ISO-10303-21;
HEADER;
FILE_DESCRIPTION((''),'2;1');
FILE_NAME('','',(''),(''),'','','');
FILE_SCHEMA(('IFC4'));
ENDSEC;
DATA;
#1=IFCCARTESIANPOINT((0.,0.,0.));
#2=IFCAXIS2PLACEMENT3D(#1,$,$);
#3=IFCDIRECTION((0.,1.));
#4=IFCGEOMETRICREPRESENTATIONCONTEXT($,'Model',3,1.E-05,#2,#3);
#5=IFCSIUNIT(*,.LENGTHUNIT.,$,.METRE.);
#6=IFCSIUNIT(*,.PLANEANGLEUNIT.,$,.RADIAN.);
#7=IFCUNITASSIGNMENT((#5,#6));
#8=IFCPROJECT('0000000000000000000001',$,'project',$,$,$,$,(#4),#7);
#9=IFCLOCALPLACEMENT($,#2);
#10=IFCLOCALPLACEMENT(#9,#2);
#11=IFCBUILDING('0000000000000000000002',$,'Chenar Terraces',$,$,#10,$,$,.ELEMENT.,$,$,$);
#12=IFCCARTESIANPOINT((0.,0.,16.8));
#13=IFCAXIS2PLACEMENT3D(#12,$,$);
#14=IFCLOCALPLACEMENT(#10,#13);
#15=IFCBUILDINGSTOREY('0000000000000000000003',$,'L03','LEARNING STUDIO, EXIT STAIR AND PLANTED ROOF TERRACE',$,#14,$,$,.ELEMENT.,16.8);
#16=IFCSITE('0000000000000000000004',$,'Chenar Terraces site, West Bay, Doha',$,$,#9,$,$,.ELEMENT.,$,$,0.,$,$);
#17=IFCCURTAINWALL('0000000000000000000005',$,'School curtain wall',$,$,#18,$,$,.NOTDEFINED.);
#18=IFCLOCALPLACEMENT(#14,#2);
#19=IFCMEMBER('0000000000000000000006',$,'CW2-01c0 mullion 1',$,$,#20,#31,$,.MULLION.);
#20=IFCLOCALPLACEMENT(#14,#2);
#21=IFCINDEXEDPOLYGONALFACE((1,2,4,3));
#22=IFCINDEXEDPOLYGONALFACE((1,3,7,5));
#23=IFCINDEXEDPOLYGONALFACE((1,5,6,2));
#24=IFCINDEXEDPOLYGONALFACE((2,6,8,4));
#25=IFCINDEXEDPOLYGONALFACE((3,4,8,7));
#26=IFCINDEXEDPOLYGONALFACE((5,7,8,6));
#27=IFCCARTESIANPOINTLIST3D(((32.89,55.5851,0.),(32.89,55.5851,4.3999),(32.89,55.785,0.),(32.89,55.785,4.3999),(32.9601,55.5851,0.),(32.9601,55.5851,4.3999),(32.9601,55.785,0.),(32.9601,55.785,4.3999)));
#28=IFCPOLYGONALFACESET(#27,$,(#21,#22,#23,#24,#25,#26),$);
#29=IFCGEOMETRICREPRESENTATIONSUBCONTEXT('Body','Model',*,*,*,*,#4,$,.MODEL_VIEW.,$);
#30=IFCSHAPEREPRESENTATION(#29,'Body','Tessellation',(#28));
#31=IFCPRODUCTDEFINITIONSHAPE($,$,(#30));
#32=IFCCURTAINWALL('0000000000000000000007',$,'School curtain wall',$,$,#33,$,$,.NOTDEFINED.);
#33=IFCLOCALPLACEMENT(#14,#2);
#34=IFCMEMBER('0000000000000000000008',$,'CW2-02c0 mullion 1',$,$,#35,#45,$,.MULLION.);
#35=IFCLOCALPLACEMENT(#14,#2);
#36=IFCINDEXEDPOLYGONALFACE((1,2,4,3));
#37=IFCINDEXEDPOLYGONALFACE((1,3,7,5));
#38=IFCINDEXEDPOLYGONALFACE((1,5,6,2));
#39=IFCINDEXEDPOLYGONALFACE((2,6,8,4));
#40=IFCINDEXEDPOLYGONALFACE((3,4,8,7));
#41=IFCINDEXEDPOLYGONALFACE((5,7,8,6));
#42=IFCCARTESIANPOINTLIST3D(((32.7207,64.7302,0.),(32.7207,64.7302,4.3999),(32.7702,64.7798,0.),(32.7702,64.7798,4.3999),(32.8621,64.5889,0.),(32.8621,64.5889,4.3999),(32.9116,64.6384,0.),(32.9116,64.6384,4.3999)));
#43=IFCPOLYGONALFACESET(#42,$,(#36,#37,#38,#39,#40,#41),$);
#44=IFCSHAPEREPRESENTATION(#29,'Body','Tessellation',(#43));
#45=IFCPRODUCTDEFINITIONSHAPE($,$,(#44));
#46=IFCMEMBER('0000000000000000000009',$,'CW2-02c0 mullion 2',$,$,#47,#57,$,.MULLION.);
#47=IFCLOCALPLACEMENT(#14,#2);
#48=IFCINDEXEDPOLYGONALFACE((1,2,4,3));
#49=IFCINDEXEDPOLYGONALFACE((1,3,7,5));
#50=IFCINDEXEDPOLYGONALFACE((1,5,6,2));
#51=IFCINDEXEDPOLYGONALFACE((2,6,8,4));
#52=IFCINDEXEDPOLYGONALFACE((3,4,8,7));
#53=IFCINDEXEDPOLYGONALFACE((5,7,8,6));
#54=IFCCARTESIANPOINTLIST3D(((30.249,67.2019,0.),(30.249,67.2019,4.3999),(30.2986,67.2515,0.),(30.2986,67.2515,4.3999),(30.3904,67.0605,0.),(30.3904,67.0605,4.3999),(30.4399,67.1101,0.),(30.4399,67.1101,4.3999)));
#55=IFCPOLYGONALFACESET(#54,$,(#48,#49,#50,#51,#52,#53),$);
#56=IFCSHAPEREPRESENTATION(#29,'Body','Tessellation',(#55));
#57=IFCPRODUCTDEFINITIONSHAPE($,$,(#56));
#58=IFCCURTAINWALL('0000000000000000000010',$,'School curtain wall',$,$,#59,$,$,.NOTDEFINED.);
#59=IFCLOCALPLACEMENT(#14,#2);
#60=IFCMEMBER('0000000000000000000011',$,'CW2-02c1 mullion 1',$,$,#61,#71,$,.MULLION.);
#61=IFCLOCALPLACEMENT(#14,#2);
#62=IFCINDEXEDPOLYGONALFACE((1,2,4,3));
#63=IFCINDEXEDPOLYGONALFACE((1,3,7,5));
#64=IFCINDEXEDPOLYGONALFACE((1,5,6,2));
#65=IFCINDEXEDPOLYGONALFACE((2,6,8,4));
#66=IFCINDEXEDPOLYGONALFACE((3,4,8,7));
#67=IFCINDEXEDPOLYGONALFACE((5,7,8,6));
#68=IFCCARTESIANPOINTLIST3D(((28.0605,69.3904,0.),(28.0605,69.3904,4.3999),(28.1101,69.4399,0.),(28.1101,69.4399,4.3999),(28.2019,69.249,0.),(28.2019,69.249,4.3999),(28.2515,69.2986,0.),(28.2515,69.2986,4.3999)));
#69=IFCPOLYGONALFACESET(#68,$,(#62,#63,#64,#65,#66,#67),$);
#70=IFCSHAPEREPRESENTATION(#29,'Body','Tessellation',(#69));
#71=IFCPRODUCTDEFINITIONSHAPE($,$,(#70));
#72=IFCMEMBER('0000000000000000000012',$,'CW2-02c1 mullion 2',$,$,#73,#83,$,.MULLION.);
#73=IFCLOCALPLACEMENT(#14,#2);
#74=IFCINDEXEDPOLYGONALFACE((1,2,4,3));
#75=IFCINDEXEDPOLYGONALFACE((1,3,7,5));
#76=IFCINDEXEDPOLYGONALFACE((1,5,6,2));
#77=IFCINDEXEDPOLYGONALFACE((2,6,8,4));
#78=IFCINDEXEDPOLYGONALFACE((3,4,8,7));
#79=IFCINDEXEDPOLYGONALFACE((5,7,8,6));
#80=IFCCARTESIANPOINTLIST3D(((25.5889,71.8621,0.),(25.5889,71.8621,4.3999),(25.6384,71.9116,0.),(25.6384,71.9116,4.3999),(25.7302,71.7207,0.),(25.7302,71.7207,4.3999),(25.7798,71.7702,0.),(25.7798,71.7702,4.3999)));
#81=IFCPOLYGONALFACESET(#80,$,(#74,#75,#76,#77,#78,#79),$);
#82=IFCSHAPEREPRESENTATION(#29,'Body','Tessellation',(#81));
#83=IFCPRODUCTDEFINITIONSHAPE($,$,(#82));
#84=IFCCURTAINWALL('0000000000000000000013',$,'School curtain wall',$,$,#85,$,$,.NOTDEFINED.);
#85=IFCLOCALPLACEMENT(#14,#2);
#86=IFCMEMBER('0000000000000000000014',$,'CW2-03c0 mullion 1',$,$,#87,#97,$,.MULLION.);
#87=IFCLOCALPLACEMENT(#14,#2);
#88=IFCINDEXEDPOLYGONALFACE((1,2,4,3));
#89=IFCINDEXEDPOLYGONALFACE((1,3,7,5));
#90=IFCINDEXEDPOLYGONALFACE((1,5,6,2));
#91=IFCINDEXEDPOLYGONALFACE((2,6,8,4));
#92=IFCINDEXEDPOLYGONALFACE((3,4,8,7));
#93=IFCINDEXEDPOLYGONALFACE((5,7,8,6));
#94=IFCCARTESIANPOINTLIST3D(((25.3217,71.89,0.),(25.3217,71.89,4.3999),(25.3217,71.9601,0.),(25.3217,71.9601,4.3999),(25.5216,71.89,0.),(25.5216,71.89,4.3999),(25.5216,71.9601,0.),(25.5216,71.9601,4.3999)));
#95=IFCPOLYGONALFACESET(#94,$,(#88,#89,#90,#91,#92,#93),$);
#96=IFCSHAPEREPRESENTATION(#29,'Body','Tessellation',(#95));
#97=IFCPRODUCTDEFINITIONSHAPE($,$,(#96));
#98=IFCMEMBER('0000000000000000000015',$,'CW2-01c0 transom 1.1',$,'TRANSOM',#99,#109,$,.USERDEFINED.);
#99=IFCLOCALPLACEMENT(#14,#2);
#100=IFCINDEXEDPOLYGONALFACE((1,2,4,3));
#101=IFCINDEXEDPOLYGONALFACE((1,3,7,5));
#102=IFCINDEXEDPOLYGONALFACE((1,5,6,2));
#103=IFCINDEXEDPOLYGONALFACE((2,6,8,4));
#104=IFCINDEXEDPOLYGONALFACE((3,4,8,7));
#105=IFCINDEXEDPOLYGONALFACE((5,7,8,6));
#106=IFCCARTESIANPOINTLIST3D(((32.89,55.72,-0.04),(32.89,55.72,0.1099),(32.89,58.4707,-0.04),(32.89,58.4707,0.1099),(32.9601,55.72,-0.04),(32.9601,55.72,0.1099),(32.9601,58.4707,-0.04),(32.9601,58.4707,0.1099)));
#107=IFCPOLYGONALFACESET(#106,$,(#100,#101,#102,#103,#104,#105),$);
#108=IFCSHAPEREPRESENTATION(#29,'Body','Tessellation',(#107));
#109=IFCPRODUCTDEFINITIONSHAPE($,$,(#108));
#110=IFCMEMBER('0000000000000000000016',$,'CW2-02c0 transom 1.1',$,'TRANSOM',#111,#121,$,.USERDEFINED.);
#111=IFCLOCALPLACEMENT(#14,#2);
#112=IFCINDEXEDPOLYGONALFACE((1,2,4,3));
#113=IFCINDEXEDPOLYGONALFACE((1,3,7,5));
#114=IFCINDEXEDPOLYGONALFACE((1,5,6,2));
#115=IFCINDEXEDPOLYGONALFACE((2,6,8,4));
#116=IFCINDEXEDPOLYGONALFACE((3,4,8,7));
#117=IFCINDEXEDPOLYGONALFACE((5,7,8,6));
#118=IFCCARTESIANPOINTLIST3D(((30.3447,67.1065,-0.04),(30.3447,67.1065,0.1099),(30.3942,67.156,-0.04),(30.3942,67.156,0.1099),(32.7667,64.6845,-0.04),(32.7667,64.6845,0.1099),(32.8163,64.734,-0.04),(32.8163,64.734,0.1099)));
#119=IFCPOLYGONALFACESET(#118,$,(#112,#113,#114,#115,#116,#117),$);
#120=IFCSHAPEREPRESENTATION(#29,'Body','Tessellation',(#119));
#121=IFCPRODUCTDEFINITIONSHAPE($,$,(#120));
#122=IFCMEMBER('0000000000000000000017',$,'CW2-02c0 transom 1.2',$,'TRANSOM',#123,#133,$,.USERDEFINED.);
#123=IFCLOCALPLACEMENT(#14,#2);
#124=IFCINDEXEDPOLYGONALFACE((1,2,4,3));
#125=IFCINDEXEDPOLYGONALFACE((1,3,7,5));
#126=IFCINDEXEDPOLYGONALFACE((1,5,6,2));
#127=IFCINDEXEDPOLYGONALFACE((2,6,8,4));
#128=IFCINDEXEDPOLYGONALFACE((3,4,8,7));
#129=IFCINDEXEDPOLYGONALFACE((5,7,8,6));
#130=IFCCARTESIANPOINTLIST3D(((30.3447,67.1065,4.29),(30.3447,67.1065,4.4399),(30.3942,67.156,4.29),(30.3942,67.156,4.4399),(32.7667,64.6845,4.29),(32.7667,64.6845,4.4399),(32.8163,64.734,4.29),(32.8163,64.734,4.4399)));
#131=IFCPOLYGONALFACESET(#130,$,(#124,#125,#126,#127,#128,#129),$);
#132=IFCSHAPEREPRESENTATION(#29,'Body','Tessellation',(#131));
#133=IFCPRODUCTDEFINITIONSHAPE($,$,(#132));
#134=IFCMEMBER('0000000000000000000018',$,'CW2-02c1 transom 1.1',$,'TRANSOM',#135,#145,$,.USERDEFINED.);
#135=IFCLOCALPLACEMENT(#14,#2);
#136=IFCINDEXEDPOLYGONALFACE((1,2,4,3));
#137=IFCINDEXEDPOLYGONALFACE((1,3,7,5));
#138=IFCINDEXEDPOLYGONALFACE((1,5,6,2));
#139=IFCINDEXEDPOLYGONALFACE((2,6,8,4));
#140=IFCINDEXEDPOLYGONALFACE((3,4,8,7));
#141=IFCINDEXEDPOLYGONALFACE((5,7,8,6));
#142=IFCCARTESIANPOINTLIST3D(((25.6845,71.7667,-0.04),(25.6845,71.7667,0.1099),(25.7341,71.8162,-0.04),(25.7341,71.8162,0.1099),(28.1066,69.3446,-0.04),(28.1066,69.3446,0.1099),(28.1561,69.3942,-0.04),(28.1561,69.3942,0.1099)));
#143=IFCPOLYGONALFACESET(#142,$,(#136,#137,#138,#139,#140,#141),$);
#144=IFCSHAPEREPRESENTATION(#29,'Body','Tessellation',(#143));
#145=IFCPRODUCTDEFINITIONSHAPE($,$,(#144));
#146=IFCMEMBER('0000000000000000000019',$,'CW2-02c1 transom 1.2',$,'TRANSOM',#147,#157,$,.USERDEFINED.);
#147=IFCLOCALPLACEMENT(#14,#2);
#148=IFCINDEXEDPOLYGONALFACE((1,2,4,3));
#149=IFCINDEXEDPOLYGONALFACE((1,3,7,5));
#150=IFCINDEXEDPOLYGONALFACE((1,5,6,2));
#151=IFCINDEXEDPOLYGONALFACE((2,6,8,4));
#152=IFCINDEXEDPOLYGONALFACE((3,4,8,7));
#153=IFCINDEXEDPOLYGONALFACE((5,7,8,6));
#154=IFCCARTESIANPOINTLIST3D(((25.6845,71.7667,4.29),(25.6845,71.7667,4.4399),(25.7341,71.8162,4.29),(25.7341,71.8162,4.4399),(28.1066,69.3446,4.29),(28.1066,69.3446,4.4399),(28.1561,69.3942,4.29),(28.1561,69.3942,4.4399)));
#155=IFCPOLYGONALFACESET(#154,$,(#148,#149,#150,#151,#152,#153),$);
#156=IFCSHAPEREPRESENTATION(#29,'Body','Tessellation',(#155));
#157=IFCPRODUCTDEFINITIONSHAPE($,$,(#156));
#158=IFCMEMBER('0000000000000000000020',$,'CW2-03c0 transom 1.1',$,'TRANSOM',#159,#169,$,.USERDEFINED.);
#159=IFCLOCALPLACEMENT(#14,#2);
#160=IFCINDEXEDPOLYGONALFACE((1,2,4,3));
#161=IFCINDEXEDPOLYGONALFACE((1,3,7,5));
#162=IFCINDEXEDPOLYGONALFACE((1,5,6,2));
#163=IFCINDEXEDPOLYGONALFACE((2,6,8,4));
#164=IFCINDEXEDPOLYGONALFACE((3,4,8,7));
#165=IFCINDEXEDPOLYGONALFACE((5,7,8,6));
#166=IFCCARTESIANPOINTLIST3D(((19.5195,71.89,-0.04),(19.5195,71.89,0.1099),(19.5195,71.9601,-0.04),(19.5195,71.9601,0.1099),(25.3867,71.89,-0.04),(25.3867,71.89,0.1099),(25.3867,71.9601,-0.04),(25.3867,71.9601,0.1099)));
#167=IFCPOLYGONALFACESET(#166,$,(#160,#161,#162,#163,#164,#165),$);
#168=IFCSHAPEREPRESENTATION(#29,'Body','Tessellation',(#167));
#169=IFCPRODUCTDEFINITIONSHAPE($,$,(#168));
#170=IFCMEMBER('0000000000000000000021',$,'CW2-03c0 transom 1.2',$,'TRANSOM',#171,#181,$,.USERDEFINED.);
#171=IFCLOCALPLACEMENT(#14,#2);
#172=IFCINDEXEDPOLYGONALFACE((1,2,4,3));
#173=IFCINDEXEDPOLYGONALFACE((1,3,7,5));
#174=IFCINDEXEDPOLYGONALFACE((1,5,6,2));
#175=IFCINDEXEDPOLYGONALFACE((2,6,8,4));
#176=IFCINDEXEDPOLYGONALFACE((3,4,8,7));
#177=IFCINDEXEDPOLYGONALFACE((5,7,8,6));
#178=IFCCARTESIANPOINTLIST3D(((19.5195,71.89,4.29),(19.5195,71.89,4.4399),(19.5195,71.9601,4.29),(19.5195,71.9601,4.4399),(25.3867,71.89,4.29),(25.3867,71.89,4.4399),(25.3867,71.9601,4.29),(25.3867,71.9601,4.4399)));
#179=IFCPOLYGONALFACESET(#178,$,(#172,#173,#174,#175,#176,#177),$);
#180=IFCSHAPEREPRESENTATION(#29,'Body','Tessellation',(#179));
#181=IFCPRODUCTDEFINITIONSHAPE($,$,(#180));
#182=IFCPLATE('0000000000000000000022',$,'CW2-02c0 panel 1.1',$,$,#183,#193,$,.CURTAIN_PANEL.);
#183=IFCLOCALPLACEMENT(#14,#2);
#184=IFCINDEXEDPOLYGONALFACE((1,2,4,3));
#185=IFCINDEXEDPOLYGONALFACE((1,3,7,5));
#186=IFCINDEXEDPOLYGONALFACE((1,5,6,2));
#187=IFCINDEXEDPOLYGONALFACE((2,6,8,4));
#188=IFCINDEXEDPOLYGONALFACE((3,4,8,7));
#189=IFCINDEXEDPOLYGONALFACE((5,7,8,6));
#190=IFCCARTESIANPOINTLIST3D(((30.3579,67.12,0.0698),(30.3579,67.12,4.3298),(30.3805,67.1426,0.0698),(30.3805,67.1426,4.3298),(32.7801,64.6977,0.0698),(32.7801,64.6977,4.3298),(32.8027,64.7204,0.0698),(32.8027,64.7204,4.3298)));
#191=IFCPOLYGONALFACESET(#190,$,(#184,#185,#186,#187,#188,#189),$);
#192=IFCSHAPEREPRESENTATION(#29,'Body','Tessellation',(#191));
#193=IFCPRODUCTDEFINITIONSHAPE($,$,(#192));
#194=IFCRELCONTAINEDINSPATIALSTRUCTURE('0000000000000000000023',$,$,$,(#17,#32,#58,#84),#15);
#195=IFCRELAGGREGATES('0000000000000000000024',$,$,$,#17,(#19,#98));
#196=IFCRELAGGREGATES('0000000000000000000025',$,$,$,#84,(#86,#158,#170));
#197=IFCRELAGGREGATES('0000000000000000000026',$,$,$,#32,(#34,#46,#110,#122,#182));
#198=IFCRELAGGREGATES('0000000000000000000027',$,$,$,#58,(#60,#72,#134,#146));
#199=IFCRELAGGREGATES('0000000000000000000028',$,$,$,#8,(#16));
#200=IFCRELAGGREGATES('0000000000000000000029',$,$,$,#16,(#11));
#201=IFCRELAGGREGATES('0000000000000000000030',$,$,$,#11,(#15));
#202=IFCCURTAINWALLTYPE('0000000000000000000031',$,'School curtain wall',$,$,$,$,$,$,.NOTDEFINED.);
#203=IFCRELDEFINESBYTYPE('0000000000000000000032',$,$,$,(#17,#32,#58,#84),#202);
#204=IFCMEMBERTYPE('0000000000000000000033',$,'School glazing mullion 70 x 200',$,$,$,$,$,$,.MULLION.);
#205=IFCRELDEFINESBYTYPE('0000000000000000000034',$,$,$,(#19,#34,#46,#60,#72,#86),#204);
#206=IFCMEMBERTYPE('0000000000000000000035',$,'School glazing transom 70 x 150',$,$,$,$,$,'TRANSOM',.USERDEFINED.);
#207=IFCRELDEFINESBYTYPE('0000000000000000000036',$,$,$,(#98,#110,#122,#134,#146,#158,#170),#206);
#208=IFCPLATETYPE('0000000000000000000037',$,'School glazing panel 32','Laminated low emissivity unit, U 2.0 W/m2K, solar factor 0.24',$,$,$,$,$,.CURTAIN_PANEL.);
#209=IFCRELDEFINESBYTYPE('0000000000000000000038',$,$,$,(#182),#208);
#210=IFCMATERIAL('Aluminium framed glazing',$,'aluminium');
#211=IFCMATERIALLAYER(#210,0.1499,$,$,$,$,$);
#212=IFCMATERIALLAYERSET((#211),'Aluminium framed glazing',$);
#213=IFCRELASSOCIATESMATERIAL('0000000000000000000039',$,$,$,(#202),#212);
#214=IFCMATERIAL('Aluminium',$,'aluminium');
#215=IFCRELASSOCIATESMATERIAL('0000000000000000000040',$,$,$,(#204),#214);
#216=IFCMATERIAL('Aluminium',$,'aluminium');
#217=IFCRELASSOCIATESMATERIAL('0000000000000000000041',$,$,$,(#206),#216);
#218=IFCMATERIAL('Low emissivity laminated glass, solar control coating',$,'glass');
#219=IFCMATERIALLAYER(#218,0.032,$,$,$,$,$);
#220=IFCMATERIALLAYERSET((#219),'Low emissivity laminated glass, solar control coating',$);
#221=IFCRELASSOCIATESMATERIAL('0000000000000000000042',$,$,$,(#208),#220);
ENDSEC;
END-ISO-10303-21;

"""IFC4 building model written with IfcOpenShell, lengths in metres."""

from ifc_helpers import new_model, si_unit, direction, frame, origin, origin_2d, place, context, subcontext, project, spatial, rectangle, extrude, material, layer, layer_set, material_profile, profile_set, type_object, element, aggregate, save


model = new_model("IFC4")

# Units and contexts
model_context = context("Model", 3, precision=1e-05, world=origin(), true_north=direction((0.0, 1.0)))
body_context = subcontext(model_context, "Body", "Model", "MODEL_VIEW")
ifc_project = project(units=[si_unit("LENGTHUNIT", "METRE"), si_unit("PLANEANGLEUNIT", "RADIAN")], contexts=[model_context])

# Site, building, storey
site_placement = place(None, origin())
site = spatial("IfcSite", under=ifc_project, at=site_placement, Name="Chenar Terraces site, West Bay, Doha", CompositionType="ELEMENT", RefElevation=0.0)
building_placement = place(site_placement, origin())
building = spatial("IfcBuilding", under=site, at=building_placement, Name="Chenar Terraces", CompositionType="ELEMENT")
storey_placement = place(building_placement, frame((0.0, 0.0, 16.8)))
storey = spatial("IfcBuildingStorey", under=building, at=storey_placement, Name="L03", Description="LEARNING STUDIO, EXIT STAIR AND PLANTED ROOF TERRACE", CompositionType="ELEMENT", Elevation=16.8)

# Curtain wall, member
ifc_material_1 = material(Name="Aluminium framed glazing", Category="aluminium")
ifc_layer_1 = layer(ifc_material_1, 0.1499)
ifc_layer_set_1 = layer_set([ifc_layer_1], Name="Aluminium framed glazing")
curtain_wall_type = type_object("IfcCurtainWallType", Name="School curtain wall", PredefinedType="NOTDEFINED", material=ifc_layer_set_1)
placement = place(storey_placement, origin())
curtain_wall_1 = element("IfcCurtainWall", 1, at=placement, inside=storey, type_object=curtain_wall_type, Name="School curtain wall", PredefinedType="NOTDEFINED")
ifc_material_2 = material(Name="Aluminium", Category="aluminium")
ifc_material_profile_1 = material_profile(ifc_material_2, rectangle(XDim=0.0701, YDim=0.2, at=origin_2d()), Name="School glazing mullion 70 x 200")
ifc_profile_set_1 = profile_set([ifc_material_profile_1], Name="Aluminium")
member_type_1 = type_object("IfcMemberType", Name="School glazing mullion 70 x 200", PredefinedType="MULLION", material=ifc_profile_set_1)
member_1_placement = place(storey_placement, frame((32.925, 55.6851, 0.0), z_axis=(0.0, 0.0, 1.0), x_axis=(-1.0, 0.0, 0.0)))
member_1 = element("IfcMember", 2, at=member_1_placement, type_object=member_type_1, Name="CW2-01c0 mullion 1", PredefinedType="MULLION", context=body_context, shape_type="SweptSolid", body=[
    extrude(rectangle(XDim=0.0701, YDim=0.2, at=origin_2d()), origin(), (0.0, 0.0, 1.0), 4.3999),
])

# Curtain walls, members
curtain_wall_2 = element("IfcCurtainWall", 3, at=placement, inside=storey, type_object=curtain_wall_type, Name="School curtain wall", PredefinedType="NOTDEFINED")
member_2_placement = place(storey_placement, frame((32.8162, 64.6843, 0.0), z_axis=(0.0, 0.0, 1.0), x_axis=(-0.707107, -0.707107, 0.0)))
member_2 = element("IfcMember", 4, at=member_2_placement, type_object=member_type_1, Name="CW2-02c0 mullion 1", PredefinedType="MULLION", context=body_context, shape_type="SweptSolid", body=[
    extrude(rectangle(XDim=0.0701, YDim=0.2, at=origin_2d()), origin(), (0.0, 0.0, 1.0), 4.3999),
])
member_3_placement = place(storey_placement, frame((30.3445, 67.156, 0.0), z_axis=(0.0, 0.0, 1.0), x_axis=(-0.707107, -0.707107, 0.0)))
member_3 = element("IfcMember", 5, at=member_3_placement, type_object=member_type_1, Name="CW2-02c0 mullion 2", PredefinedType="MULLION", context=body_context, shape_type="SweptSolid", body=[
    extrude(rectangle(XDim=0.0701, YDim=0.2, at=origin_2d()), origin(), (0.0, 0.0, 1.0), 4.3999),
])
curtain_wall_3 = element("IfcCurtainWall", 6, at=placement, inside=storey, type_object=curtain_wall_type, Name="School curtain wall", PredefinedType="NOTDEFINED")
member_4_placement = place(storey_placement, frame((28.156, 69.3445, 0.0), z_axis=(0.0, 0.0, 1.0), x_axis=(-0.707107, -0.707107, 0.0)))
member_4 = element("IfcMember", 7, at=member_4_placement, type_object=member_type_1, Name="CW2-02c1 mullion 1", PredefinedType="MULLION", context=body_context, shape_type="SweptSolid", body=[
    extrude(rectangle(XDim=0.0701, YDim=0.2, at=origin_2d()), origin(), (0.0, 0.0, 1.0), 4.3999),
])
member_5_placement = place(storey_placement, frame((25.6843, 71.8162, 0.0), z_axis=(0.0, 0.0, 1.0), x_axis=(-0.707107, -0.707107, 0.0)))
member_5 = element("IfcMember", 8, at=member_5_placement, type_object=member_type_1, Name="CW2-02c1 mullion 2", PredefinedType="MULLION", context=body_context, shape_type="SweptSolid", body=[
    extrude(rectangle(XDim=0.0701, YDim=0.2, at=origin_2d()), origin(), (0.0, 0.0, 1.0), 4.3999),
])

# Curtain wall, member
curtain_wall_4 = element("IfcCurtainWall", 9, at=placement, inside=storey, type_object=curtain_wall_type, Name="School curtain wall", PredefinedType="NOTDEFINED")
member_6_placement = place(storey_placement, frame((25.4216, 71.925, 0.0), z_axis=(0.0, 0.0, 1.0), x_axis=(0.0, -1.0, 0.0)))
member_6 = element("IfcMember", 10, at=member_6_placement, type_object=member_type_1, Name="CW2-03c0 mullion 1", PredefinedType="MULLION", context=body_context, shape_type="SweptSolid", body=[
    extrude(rectangle(XDim=0.0701, YDim=0.2, at=origin_2d()), origin(), (0.0, 0.0, 1.0), 4.3999),
])

# Members
ifc_material_3 = material(Name="Aluminium", Category="aluminium")
ifc_material_profile_2 = material_profile(ifc_material_3, rectangle(XDim=0.0701, YDim=0.1499, at=origin_2d()), Name="School glazing transom 70 x 150")
ifc_profile_set_2 = profile_set([ifc_material_profile_2], Name="Aluminium")
member_type_2 = type_object("IfcMemberType", Name="School glazing transom 70 x 150", ElementType="TRANSOM", PredefinedType="USERDEFINED", material=ifc_profile_set_2)
member_7_placement = place(storey_placement, frame((32.925, 55.72, 0.0349), z_axis=(0.0, 1.0, 0.0), x_axis=(-1.0, 0.0, 0.0)))
member_7 = element("IfcMember", 11, at=member_7_placement, type_object=member_type_2, Name="CW2-01c0 transom 1.1", ObjectType="TRANSOM", PredefinedType="USERDEFINED", context=body_context, shape_type="SweptSolid", body=[
    extrude(rectangle(XDim=0.0701, YDim=0.1499, at=origin_2d()), origin(), (0.0, 0.0, 1.0), 2.7507),
])
aggregate(curtain_wall_1, [member_1, member_7])
member_8_placement = place(storey_placement, frame((32.7915, 64.7092, 0.0349), z_axis=(-0.707107, 0.707107, 0.0), x_axis=(-0.707107, -0.707107, 0.0)))
member_8 = element("IfcMember", 12, at=member_8_placement, type_object=member_type_2, Name="CW2-02c0 transom 1.1", ObjectType="TRANSOM", PredefinedType="USERDEFINED", context=body_context, shape_type="SweptSolid", body=[
    extrude(rectangle(XDim=0.0701, YDim=0.1499, at=origin_2d()), origin(), (0.0, 0.0, 1.0), 3.4253),
])
member_9_placement = place(storey_placement, frame((32.7915, 64.7092, 4.365), z_axis=(-0.707107, 0.707107, 0.0), x_axis=(-0.707107, -0.707107, 0.0)))
member_9 = element("IfcMember", 13, at=member_9_placement, type_object=member_type_2, Name="CW2-02c0 transom 1.2", ObjectType="TRANSOM", PredefinedType="USERDEFINED", context=body_context, shape_type="SweptSolid", body=[
    extrude(rectangle(XDim=0.0701, YDim=0.1499, at=origin_2d()), origin(), (0.0, 0.0, 1.0), 3.4253),
])
member_10_placement = place(storey_placement, frame((28.1313, 69.3694, 0.0349), z_axis=(-0.707107, 0.707107, 0.0), x_axis=(-0.707107, -0.707107, 0.0)))
member_10 = element("IfcMember", 14, at=member_10_placement, type_object=member_type_2, Name="CW2-02c1 transom 1.1", ObjectType="TRANSOM", PredefinedType="USERDEFINED", context=body_context, shape_type="SweptSolid", body=[
    extrude(rectangle(XDim=0.0701, YDim=0.1499, at=origin_2d()), origin(), (0.0, 0.0, 1.0), 3.4253),
])
member_11_placement = place(storey_placement, frame((28.1313, 69.3694, 4.365), z_axis=(-0.707107, 0.707107, 0.0), x_axis=(-0.707107, -0.707107, 0.0)))
member_11 = element("IfcMember", 15, at=member_11_placement, type_object=member_type_2, Name="CW2-02c1 transom 1.2", ObjectType="TRANSOM", PredefinedType="USERDEFINED", context=body_context, shape_type="SweptSolid", body=[
    extrude(rectangle(XDim=0.0701, YDim=0.1499, at=origin_2d()), origin(), (0.0, 0.0, 1.0), 3.4253),
])
member_12_placement = place(storey_placement, frame((25.3867, 71.925, 0.0349), z_axis=(-1.0, 0.0, 0.0), x_axis=(0.0, -1.0, 0.0)))
member_12 = element("IfcMember", 16, at=member_12_placement, type_object=member_type_2, Name="CW2-03c0 transom 1.1", ObjectType="TRANSOM", PredefinedType="USERDEFINED", context=body_context, shape_type="SweptSolid", body=[
    extrude(rectangle(XDim=0.0701, YDim=0.1499, at=origin_2d()), origin(), (0.0, 0.0, 1.0), 5.8672),
])
member_13_placement = place(storey_placement, frame((25.3867, 71.925, 4.365), z_axis=(-1.0, 0.0, 0.0), x_axis=(0.0, -1.0, 0.0)))
member_13 = element("IfcMember", 17, at=member_13_placement, type_object=member_type_2, Name="CW2-03c0 transom 1.2", ObjectType="TRANSOM", PredefinedType="USERDEFINED", context=body_context, shape_type="SweptSolid", body=[
    extrude(rectangle(XDim=0.0701, YDim=0.1499, at=origin_2d()), origin(), (0.0, 0.0, 1.0), 5.8672),
])
aggregate(curtain_wall_4, [member_6, member_12, member_13])

# Plate
ifc_material_4 = material(Name="Low emissivity laminated glass, solar control coating", Category="glass")
ifc_layer_2 = layer(ifc_material_4, 0.032)
ifc_layer_set_2 = layer_set([ifc_layer_2], Name="Low emissivity laminated glass, solar control coating")
plate_type = type_object("IfcPlateType", Name="School glazing panel 32", Description="Laminated low emissivity unit, U 2.0 W/m2K, solar factor 0.24", PredefinedType="CURTAIN_PANEL", material=ifc_layer_set_2)
plate_1_placement = place(storey_placement, frame((31.5803, 65.9202, 0.0698), z_axis=(0.0, 0.0, 1.0), x_axis=(-0.707107, 0.707107, 0.0)))
plate_1 = element("IfcPlate", 18, at=plate_1_placement, type_object=plate_type, Name="CW2-02c0 panel 1.1", PredefinedType="CURTAIN_PANEL", context=body_context, shape_type="SweptSolid", body=[
    extrude(rectangle(XDim=3.4255, YDim=0.032, at=origin_2d()), origin(), (0.0, 0.0, 1.0), 4.26),
])
aggregate(curtain_wall_2, [member_2, member_3, member_8, member_9, plate_1])
aggregate(curtain_wall_3, [member_4, member_5, member_10, member_11])

save(model, "model.ifc")
